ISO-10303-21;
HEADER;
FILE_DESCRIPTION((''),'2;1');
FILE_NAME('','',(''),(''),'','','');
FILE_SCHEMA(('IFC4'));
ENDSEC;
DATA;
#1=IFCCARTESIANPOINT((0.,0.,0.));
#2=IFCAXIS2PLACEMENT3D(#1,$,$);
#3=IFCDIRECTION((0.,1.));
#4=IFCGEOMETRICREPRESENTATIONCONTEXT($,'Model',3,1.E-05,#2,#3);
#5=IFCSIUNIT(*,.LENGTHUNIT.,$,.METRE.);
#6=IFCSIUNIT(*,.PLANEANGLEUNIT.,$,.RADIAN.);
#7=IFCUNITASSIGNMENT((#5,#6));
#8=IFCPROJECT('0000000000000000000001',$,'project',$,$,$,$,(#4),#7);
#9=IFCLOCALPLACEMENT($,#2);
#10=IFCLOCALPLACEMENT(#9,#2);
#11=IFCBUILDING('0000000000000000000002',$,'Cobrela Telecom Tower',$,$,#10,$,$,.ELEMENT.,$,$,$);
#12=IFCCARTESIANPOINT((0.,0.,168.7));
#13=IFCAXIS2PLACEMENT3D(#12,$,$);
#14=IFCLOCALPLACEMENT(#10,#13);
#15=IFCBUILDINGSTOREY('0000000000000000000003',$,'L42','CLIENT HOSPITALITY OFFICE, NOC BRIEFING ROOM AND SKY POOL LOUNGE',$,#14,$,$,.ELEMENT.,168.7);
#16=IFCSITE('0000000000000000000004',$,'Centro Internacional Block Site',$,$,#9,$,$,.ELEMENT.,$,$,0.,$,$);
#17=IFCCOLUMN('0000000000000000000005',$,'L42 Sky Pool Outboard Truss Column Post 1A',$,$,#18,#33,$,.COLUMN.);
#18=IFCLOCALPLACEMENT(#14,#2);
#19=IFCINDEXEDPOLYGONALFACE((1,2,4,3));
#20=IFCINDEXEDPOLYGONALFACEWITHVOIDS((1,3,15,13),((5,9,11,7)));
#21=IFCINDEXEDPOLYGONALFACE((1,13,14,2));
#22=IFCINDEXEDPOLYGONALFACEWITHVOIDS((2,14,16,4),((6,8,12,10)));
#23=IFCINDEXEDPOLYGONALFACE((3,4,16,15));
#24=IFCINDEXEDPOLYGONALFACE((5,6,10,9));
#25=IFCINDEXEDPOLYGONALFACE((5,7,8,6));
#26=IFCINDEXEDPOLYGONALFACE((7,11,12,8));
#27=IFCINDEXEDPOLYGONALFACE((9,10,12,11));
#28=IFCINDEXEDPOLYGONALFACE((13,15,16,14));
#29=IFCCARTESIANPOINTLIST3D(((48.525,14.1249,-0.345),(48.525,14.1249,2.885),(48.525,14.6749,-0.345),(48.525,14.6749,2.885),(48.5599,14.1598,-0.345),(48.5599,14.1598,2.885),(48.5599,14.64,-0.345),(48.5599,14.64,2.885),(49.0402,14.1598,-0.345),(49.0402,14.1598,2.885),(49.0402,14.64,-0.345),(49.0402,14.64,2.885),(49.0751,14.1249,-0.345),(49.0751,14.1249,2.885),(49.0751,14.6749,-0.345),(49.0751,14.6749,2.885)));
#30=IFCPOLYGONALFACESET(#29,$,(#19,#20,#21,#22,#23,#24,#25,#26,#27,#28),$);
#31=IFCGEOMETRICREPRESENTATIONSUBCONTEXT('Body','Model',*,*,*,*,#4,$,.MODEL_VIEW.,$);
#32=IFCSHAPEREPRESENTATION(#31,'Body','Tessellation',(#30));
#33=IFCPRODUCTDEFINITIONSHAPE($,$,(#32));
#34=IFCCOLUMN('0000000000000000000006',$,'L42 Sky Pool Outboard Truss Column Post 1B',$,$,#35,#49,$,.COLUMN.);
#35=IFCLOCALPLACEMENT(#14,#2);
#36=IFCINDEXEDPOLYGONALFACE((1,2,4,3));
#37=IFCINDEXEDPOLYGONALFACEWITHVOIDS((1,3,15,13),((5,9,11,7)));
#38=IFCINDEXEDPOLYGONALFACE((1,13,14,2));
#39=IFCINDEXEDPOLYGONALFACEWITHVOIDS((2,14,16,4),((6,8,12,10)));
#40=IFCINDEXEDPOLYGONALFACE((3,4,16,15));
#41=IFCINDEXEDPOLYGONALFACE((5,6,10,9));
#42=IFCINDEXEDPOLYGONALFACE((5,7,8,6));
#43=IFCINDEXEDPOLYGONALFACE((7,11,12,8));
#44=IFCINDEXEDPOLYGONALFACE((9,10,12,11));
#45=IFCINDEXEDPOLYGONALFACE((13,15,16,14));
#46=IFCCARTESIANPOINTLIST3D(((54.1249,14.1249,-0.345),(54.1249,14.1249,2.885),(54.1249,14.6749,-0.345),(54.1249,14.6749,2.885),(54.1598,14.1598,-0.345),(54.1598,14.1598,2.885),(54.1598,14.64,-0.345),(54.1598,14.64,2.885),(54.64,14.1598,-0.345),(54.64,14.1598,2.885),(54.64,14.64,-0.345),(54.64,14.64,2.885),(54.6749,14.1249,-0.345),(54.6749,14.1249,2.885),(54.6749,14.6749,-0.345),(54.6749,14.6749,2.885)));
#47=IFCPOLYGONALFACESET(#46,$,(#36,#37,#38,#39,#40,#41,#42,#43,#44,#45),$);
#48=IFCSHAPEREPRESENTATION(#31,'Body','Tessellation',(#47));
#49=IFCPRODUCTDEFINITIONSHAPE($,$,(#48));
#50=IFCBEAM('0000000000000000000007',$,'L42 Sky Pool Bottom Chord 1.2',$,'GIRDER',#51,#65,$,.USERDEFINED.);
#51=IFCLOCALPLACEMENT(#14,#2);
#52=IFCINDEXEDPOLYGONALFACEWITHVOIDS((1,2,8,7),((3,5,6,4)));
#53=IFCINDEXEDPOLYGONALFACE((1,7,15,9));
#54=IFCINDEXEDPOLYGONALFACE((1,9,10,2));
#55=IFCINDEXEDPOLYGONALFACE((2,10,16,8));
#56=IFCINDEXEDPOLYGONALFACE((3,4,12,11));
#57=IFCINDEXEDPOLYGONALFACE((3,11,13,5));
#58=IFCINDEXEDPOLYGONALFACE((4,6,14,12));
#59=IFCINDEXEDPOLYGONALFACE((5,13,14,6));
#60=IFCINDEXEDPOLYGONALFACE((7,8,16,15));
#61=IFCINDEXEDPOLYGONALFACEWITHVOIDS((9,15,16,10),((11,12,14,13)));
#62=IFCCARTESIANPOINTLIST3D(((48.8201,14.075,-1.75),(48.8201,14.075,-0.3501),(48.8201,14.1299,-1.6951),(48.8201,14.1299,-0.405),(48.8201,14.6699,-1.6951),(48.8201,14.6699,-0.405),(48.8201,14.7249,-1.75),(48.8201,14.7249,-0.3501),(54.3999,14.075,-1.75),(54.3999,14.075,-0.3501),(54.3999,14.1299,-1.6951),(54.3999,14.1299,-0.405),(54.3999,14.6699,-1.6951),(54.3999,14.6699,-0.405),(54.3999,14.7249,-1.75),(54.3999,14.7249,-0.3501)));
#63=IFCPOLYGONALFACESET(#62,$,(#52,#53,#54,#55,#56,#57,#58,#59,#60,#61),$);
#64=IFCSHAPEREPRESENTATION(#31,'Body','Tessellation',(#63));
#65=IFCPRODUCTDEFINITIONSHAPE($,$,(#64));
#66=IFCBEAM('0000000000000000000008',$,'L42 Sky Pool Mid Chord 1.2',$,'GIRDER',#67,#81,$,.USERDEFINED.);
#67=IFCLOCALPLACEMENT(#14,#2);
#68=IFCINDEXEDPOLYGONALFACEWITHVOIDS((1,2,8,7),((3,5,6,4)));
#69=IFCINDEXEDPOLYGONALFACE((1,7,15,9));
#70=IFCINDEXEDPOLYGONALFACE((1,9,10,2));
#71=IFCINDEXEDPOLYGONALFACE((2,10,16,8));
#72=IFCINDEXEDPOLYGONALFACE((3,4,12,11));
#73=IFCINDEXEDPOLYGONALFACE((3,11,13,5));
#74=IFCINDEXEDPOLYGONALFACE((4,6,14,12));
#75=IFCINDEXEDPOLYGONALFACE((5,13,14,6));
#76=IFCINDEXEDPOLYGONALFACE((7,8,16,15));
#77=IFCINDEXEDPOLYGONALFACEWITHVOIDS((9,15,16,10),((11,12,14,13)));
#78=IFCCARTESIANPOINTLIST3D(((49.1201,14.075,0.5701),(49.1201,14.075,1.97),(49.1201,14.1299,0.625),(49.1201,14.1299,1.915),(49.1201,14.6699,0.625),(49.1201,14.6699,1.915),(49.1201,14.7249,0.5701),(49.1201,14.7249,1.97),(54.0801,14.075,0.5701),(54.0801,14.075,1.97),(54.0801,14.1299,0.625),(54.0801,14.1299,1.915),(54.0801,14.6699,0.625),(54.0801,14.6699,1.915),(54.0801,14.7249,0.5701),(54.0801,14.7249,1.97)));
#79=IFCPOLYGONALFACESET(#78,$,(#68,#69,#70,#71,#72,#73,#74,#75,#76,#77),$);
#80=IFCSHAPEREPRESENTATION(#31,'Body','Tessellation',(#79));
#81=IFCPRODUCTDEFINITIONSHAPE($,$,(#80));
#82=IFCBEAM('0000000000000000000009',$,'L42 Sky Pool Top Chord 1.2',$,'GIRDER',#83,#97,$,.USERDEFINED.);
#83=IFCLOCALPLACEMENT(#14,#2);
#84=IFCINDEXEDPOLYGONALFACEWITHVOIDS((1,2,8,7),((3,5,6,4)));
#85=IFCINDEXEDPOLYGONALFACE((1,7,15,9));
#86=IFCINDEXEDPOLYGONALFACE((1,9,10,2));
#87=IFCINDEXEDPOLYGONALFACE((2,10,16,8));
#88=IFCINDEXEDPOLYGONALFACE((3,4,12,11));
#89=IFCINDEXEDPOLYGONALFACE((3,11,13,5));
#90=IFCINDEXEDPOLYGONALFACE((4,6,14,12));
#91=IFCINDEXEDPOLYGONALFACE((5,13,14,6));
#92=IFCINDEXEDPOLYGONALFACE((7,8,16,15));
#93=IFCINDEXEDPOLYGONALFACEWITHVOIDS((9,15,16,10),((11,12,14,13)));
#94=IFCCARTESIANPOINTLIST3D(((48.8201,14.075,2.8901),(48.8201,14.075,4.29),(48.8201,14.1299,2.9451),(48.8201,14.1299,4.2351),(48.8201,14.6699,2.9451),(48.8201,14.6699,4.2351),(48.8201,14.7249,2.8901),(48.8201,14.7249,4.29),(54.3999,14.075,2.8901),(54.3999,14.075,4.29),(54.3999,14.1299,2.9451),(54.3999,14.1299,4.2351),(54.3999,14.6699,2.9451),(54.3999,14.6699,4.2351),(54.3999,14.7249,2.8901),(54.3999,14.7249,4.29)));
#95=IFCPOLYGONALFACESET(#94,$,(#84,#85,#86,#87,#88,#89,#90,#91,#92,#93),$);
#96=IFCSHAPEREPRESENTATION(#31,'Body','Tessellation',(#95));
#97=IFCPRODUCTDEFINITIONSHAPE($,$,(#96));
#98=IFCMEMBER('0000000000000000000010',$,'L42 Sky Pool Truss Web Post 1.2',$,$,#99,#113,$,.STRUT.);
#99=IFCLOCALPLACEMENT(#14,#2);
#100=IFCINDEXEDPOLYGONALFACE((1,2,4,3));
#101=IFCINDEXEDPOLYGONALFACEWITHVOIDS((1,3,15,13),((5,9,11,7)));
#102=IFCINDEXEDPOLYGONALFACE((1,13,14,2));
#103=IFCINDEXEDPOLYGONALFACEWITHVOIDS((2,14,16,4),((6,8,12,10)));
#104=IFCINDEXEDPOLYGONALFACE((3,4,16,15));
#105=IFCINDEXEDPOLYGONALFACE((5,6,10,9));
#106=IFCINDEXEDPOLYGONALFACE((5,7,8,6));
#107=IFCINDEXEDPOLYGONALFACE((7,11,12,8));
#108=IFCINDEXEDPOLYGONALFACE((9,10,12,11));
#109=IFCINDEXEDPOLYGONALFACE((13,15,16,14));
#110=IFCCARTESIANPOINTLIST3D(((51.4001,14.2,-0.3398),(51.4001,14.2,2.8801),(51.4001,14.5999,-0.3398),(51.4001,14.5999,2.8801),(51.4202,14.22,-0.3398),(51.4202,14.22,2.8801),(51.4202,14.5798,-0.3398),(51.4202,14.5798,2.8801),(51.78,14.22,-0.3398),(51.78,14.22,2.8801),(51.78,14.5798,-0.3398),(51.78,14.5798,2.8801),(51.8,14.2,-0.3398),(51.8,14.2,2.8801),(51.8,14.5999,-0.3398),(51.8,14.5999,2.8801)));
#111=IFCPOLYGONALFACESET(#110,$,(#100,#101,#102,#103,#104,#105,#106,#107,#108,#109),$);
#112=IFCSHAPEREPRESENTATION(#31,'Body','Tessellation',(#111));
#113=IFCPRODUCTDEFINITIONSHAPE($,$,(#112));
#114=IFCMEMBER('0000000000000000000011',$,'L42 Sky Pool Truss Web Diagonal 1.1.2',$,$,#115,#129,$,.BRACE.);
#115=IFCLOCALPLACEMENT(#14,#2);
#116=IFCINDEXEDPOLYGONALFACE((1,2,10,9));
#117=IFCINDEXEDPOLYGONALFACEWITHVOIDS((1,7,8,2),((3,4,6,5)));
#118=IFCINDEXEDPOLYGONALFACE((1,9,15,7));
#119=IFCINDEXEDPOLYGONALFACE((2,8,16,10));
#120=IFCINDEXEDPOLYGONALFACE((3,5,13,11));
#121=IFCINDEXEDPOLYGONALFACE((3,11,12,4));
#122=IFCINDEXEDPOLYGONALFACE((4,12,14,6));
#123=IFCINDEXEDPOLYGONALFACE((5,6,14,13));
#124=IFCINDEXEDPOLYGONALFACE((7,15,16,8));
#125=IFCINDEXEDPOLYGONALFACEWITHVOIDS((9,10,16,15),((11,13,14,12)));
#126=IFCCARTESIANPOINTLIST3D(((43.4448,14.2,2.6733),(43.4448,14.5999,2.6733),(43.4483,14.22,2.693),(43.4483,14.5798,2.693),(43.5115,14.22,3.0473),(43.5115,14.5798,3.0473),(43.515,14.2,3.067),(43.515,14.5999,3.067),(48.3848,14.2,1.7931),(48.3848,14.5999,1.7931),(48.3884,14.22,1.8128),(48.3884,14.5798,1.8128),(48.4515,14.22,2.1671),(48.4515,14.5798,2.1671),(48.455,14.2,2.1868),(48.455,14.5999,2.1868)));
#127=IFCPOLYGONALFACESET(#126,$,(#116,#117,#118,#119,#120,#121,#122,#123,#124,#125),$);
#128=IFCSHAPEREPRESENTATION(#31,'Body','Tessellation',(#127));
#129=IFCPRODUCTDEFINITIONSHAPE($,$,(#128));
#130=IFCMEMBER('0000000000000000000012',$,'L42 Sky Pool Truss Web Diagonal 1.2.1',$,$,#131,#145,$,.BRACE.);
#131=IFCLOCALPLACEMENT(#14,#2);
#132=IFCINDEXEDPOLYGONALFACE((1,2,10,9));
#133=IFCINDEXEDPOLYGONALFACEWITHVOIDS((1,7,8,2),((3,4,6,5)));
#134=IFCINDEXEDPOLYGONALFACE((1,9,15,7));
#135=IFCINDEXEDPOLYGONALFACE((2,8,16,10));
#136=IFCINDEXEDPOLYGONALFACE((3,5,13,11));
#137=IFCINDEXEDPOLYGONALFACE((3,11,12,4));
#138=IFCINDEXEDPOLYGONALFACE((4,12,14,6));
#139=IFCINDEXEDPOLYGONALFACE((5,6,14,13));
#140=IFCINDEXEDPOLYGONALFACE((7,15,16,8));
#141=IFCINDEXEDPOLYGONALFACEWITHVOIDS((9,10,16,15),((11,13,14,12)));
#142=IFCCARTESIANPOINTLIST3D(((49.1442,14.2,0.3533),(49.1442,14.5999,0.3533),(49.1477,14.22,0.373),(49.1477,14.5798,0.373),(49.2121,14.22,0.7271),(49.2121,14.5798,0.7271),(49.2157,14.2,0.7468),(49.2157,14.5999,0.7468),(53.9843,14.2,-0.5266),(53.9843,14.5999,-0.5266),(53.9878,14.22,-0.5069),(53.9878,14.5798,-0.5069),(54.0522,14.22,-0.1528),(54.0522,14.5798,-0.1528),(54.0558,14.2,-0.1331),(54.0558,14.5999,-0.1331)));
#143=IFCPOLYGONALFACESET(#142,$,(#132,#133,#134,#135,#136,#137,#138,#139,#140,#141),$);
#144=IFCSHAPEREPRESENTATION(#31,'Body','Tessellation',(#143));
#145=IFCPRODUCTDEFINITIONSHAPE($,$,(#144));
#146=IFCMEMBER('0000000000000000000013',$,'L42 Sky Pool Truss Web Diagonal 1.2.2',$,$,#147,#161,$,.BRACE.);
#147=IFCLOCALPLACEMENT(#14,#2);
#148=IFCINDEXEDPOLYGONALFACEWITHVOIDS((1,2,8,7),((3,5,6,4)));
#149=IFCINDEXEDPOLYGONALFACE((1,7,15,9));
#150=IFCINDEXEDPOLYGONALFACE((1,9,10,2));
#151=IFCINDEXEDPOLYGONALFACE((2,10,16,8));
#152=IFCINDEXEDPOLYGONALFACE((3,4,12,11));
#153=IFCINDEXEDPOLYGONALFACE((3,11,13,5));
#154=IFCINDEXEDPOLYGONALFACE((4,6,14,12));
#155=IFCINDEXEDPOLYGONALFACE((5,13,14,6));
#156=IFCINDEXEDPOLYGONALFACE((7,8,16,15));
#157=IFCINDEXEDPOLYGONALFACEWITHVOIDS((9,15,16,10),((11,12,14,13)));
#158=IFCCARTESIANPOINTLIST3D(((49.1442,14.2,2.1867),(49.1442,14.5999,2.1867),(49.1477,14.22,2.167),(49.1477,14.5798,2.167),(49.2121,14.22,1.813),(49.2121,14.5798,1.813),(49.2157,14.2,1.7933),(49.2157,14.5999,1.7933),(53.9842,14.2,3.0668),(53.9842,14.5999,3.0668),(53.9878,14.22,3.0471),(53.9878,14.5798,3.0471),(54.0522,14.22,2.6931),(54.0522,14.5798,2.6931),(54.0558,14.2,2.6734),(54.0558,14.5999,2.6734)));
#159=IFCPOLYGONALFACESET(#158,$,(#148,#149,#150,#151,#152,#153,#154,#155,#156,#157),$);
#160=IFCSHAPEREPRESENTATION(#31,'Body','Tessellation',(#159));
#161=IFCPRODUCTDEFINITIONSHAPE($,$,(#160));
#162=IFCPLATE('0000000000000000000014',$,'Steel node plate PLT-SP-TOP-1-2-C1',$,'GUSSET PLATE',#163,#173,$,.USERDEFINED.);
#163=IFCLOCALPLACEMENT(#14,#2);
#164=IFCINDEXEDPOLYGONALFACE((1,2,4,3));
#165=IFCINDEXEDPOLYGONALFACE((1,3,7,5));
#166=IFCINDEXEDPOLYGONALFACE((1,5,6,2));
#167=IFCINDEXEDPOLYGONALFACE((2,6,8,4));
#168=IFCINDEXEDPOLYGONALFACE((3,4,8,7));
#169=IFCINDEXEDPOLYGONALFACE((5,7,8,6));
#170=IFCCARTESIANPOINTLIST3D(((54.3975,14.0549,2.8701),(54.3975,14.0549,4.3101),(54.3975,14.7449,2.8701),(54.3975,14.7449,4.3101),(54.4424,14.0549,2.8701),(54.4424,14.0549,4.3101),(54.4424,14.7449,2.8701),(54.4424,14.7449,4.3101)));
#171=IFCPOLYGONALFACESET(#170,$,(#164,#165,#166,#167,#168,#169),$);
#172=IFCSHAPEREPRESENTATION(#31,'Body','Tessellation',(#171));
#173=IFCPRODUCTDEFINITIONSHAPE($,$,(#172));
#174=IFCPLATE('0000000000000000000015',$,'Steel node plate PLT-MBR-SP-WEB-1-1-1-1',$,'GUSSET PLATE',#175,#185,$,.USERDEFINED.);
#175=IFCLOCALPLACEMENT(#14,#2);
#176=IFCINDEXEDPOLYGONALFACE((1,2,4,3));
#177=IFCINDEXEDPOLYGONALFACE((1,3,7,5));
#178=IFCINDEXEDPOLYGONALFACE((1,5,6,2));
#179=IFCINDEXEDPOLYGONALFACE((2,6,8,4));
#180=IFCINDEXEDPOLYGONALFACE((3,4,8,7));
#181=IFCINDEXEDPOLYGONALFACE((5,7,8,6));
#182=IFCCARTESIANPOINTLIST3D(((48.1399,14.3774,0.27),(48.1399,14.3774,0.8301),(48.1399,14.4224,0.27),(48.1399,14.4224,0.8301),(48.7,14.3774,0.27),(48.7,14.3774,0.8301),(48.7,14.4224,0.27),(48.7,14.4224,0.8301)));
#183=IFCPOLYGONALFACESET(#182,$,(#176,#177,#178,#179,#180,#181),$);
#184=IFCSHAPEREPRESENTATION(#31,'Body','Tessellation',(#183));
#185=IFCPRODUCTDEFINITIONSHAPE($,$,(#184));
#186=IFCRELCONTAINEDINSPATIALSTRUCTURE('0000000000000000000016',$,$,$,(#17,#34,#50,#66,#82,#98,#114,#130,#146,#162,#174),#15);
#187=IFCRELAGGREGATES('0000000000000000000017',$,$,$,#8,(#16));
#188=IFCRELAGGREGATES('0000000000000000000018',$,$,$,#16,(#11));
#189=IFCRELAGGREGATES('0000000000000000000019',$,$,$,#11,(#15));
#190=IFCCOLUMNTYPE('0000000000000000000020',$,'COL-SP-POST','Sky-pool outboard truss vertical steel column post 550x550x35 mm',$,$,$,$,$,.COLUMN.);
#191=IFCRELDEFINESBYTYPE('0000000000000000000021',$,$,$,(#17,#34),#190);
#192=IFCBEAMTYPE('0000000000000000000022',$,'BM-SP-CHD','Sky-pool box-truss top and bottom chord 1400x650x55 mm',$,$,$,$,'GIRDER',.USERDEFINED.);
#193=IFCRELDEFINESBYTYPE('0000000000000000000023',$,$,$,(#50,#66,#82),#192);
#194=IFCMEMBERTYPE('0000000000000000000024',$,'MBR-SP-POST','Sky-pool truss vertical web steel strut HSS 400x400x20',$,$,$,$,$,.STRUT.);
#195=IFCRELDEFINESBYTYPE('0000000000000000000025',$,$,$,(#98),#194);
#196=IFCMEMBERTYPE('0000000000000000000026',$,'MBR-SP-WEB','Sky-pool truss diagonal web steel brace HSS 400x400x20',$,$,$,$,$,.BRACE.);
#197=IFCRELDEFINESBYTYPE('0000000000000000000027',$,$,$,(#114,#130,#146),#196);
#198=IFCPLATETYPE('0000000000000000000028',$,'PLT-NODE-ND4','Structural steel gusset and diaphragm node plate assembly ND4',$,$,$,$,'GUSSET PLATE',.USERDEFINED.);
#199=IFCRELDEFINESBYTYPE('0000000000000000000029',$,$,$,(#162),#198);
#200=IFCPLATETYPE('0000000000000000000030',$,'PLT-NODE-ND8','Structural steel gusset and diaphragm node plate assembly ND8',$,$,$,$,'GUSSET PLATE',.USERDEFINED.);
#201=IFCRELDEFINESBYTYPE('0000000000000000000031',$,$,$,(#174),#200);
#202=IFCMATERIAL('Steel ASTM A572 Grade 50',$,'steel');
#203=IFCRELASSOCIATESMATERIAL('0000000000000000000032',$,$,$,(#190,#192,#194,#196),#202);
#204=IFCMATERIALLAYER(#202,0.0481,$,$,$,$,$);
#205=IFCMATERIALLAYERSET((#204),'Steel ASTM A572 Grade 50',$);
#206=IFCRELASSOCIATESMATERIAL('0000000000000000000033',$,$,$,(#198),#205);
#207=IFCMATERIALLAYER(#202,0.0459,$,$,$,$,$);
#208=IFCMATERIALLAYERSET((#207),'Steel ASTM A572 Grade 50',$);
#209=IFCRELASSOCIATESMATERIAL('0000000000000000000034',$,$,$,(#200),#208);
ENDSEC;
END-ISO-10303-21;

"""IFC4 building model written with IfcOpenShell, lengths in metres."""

from ifc_helpers import new_model, si_unit, direction, frame, origin, origin_2d, place, context, subcontext, project, spatial, rectangle, hollow_rectangle, extrude, material, layer, layer_set, material_profile, profile_set, type_object, element, save


model = new_model("IFC4")

# Units and contexts
model_context = context("Model", 3, precision=1e-05, world=origin(), true_north=direction((0.0, 1.0)))
body_context = subcontext(model_context, "Body", "Model", "MODEL_VIEW")
ifc_project = project(units=[si_unit("LENGTHUNIT", "METRE"), si_unit("PLANEANGLEUNIT", "RADIAN")], contexts=[model_context])

# Site, building, storey
site_placement = place(None, origin())
site = spatial("IfcSite", under=ifc_project, at=site_placement, Name="Centro Internacional Block Site", CompositionType="ELEMENT", RefElevation=0.0)
building_placement = place(site_placement, origin())
building = spatial("IfcBuilding", under=site, at=building_placement, Name="Cobrela Telecom Tower", CompositionType="ELEMENT")
storey_placement = place(building_placement, frame((0.0, 0.0, 168.7)))
storey = spatial("IfcBuildingStorey", under=building, at=storey_placement, Name="L42", Description="CLIENT HOSPITALITY OFFICE, NOC BRIEFING ROOM AND SKY POOL LOUNGE", CompositionType="ELEMENT", Elevation=168.7)

# Columns
ifc_material_1 = material(Name="Steel ASTM A572 Grade 50", Category="steel")
ifc_material_profile_1 = material_profile(ifc_material_1, hollow_rectangle(XDim=0.55, YDim=0.55, WallThickness=0.0349, at=origin_2d()), Name="BOX 550x550x35")
ifc_profile_set_1 = profile_set([ifc_material_profile_1], Name="Steel ASTM A572 Grade 50")
column_type = type_object("IfcColumnType", Name="COL-SP-POST", Description="Sky-pool outboard truss vertical steel column post 550x550x35 mm", PredefinedType="COLUMN", material=ifc_profile_set_1)
for number, where, z_axis, x_axis, name in (
    (1, (48.8, 14.3999, -0.345), (0.0, 0.0, 1.0), (1.0, 0.0, 0.0), "L42 Sky Pool Outboard Truss Column Post 1A"),
    (2, (54.3999, 14.3999, -0.345), (0.0, 0.0, 1.0), (1.0, 0.0, 0.0), "L42 Sky Pool Outboard Truss Column Post 1B"),
):
    element("IfcColumn", number, at=place(storey_placement, frame(where, z_axis=z_axis, x_axis=x_axis)), inside=storey, type_object=column_type, Name=name, PredefinedType="COLUMN", context=body_context, shape_type="SweptSolid", body=[
        extrude(hollow_rectangle(XDim=0.55, YDim=0.55, WallThickness=0.0349, at=origin_2d()), origin(), (0.0, 0.0, 1.0), 3.23),
    ])

# Beams
ifc_material_profile_2 = material_profile(ifc_material_1, hollow_rectangle(XDim=0.6499, YDim=1.3999, WallThickness=0.0549, at=origin_2d()), Name="BOX 1400x650x55")
ifc_profile_set_2 = profile_set([ifc_material_profile_2], Name="Steel ASTM A572 Grade 50")
beam_type = type_object("IfcBeamType", Name="BM-SP-CHD", Description="Sky-pool box-truss top and bottom chord 1400x650x55 mm", ElementType="GIRDER", PredefinedType="USERDEFINED", material=ifc_profile_set_2)
beam_1_placement = place(storey_placement, frame((48.8201, 14.3999, -1.05), z_axis=(1.0, 0.0, 0.0), x_axis=(0.0, 1.0, 0.0)))
element("IfcBeam", 3, at=beam_1_placement, inside=storey, type_object=beam_type, Name="L42 Sky Pool Bottom Chord 1.2", ObjectType="GIRDER", PredefinedType="USERDEFINED", context=body_context, shape_type="SweptSolid", body=[
    extrude(hollow_rectangle(XDim=0.6499, YDim=1.3999, WallThickness=0.0549, at=origin_2d()), origin(), (0.0, 0.0, 1.0), 5.5798),
])
beam_2_placement = place(storey_placement, frame((49.1201, 14.3999, 1.27), z_axis=(1.0, 0.0, 0.0), x_axis=(0.0, 1.0, 0.0)))
element("IfcBeam", 4, at=beam_2_placement, inside=storey, type_object=beam_type, Name="L42 Sky Pool Mid Chord 1.2", ObjectType="GIRDER", PredefinedType="USERDEFINED", context=body_context, shape_type="SweptSolid", body=[
    extrude(hollow_rectangle(XDim=0.6499, YDim=1.3999, WallThickness=0.0549, at=origin_2d()), origin(), (0.0, 0.0, 1.0), 4.96),
])
beam_3_placement = place(storey_placement, frame((48.8201, 14.3999, 3.5901), z_axis=(1.0, 0.0, 0.0), x_axis=(0.0, 1.0, 0.0)))
element("IfcBeam", 5, at=beam_3_placement, inside=storey, type_object=beam_type, Name="L42 Sky Pool Top Chord 1.2", ObjectType="GIRDER", PredefinedType="USERDEFINED", context=body_context, shape_type="SweptSolid", body=[
    extrude(hollow_rectangle(XDim=0.6499, YDim=1.3999, WallThickness=0.0549, at=origin_2d()), origin(), (0.0, 0.0, 1.0), 5.5798),
])

# Members
ifc_material_profile_3 = material_profile(ifc_material_1, hollow_rectangle(XDim=0.3999, YDim=0.3999, WallThickness=0.02, at=origin_2d()), Name="HSS 400x400x20")
ifc_profile_set_3 = profile_set([ifc_material_profile_3], Name="Steel ASTM A572 Grade 50")
member_type_1 = type_object("IfcMemberType", Name="MBR-SP-POST", Description="Sky-pool truss vertical web steel strut HSS 400x400x20", PredefinedType="STRUT", material=ifc_profile_set_3)
member_1_placement = place(storey_placement, frame((51.6001, 14.3999, -0.3398), z_axis=(0.0, 0.0, 1.0), x_axis=(1.0, 0.0, 0.0)))
element("IfcMember", 6, at=member_1_placement, inside=storey, type_object=member_type_1, Name="L42 Sky Pool Truss Web Post 1.2", PredefinedType="STRUT", context=body_context, shape_type="SweptSolid", body=[
    extrude(hollow_rectangle(XDim=0.3999, YDim=0.3999, WallThickness=0.02, at=origin_2d()), origin(), (0.0, 0.0, 1.0), 3.22),
])
ifc_material_profile_4 = material_profile(ifc_material_1, hollow_rectangle(XDim=0.3999, YDim=0.3999, WallThickness=0.02, at=origin_2d()), Name="HSS 400x400x20")
ifc_profile_set_4 = profile_set([ifc_material_profile_4], Name="Steel ASTM A572 Grade 50")
member_type_2 = type_object("IfcMemberType", Name="MBR-SP-WEB", Description="Sky-pool truss diagonal web steel brace HSS 400x400x20", PredefinedType="BRACE", material=ifc_profile_set_4)
member_2_placement = place(storey_placement, frame((48.4199, 14.3999, 1.99), z_axis=(-0.984497, 0.0, 0.175403), x_axis=(0.0, -1.0, 0.0)))
element("IfcMember", 7, at=member_2_placement, inside=storey, type_object=member_type_2, Name="L42 Sky Pool Truss Web Diagonal 1.1.2", PredefinedType="BRACE", context=body_context, shape_type="SweptSolid", body=[
    extrude(hollow_rectangle(XDim=0.3999, YDim=0.3999, WallThickness=0.02, at=origin_2d()), origin(), (0.0, 0.0, 1.0), 5.0178),
])
for number, where, z_axis, x_axis, name in (
    (8, (54.02, 14.3999, -0.3298), (-0.983875, 0.0, 0.178859), (0.0, -1.0, 0.0), "L42 Sky Pool Truss Web Diagonal 1.2.1"),
    (9, (49.1799, 14.3999, 1.99), (0.983866, 0.0, 0.178907), (0.0, 1.0, 0.0), "L42 Sky Pool Truss Web Diagonal 1.2.2"),
):
    element("IfcMember", number, at=place(storey_placement, frame(where, z_axis=z_axis, x_axis=x_axis)), inside=storey, type_object=member_type_2, Name=name, PredefinedType="BRACE", context=body_context, shape_type="SweptSolid", body=[
        extrude(hollow_rectangle(XDim=0.3999, YDim=0.3999, WallThickness=0.02, at=origin_2d()), origin(), (0.0, 0.0, 1.0), 4.9194),
    ])

# Plates
ifc_layer_1 = layer(ifc_material_1, 0.0481)
ifc_layer_set_1 = layer_set([ifc_layer_1], Name="Steel ASTM A572 Grade 50")
plate_type_1 = type_object("IfcPlateType", Name="PLT-NODE-ND4", Description="Structural steel gusset and diaphragm node plate assembly ND4", ElementType="GUSSET PLATE", PredefinedType="USERDEFINED", material=ifc_layer_set_1)
plate_placement = place(storey_placement, frame((54.4199, 14.3999, 2.8701), z_axis=(0.0, 0.0, 1.0), x_axis=(1.0, 0.0, 0.0)))
element("IfcPlate", 10, at=plate_placement, inside=storey, type_object=plate_type_1, Name="Steel node plate PLT-SP-TOP-1-2-C1", ObjectType="GUSSET PLATE", PredefinedType="USERDEFINED", context=body_context, shape_type="SweptSolid", body=[
    extrude(rectangle(XDim=0.0449, YDim=0.6899, at=origin_2d()), origin(), (0.0, 0.0, 1.0), 1.4399),
])
ifc_layer_2 = layer(ifc_material_1, 0.0459)
ifc_layer_set_2 = layer_set([ifc_layer_2], Name="Steel ASTM A572 Grade 50")
plate_type_2 = type_object("IfcPlateType", Name="PLT-NODE-ND8", Description="Structural steel gusset and diaphragm node plate assembly ND8", ElementType="GUSSET PLATE", PredefinedType="USERDEFINED", material=ifc_layer_set_2)
for number, where, z_axis, x_axis, name in (
    (11, (48.4199, 14.3999, 0.27), (0.0, 0.0, 1.0), (1.0, 0.0, 0.0), "Steel node plate PLT-MBR-SP-WEB-1-1-1-1"),
):
    element("IfcPlate", number, at=place(storey_placement, frame(where, z_axis=z_axis, x_axis=x_axis)), inside=storey, type_object=plate_type_2, Name=name, ObjectType="GUSSET PLATE", PredefinedType="USERDEFINED", context=body_context, shape_type="SweptSolid", body=[
        extrude(rectangle(XDim=0.5601, YDim=0.0449, at=origin_2d()), origin(), (0.0, 0.0, 1.0), 0.5601),
    ])

save(model, "model.ifc")
